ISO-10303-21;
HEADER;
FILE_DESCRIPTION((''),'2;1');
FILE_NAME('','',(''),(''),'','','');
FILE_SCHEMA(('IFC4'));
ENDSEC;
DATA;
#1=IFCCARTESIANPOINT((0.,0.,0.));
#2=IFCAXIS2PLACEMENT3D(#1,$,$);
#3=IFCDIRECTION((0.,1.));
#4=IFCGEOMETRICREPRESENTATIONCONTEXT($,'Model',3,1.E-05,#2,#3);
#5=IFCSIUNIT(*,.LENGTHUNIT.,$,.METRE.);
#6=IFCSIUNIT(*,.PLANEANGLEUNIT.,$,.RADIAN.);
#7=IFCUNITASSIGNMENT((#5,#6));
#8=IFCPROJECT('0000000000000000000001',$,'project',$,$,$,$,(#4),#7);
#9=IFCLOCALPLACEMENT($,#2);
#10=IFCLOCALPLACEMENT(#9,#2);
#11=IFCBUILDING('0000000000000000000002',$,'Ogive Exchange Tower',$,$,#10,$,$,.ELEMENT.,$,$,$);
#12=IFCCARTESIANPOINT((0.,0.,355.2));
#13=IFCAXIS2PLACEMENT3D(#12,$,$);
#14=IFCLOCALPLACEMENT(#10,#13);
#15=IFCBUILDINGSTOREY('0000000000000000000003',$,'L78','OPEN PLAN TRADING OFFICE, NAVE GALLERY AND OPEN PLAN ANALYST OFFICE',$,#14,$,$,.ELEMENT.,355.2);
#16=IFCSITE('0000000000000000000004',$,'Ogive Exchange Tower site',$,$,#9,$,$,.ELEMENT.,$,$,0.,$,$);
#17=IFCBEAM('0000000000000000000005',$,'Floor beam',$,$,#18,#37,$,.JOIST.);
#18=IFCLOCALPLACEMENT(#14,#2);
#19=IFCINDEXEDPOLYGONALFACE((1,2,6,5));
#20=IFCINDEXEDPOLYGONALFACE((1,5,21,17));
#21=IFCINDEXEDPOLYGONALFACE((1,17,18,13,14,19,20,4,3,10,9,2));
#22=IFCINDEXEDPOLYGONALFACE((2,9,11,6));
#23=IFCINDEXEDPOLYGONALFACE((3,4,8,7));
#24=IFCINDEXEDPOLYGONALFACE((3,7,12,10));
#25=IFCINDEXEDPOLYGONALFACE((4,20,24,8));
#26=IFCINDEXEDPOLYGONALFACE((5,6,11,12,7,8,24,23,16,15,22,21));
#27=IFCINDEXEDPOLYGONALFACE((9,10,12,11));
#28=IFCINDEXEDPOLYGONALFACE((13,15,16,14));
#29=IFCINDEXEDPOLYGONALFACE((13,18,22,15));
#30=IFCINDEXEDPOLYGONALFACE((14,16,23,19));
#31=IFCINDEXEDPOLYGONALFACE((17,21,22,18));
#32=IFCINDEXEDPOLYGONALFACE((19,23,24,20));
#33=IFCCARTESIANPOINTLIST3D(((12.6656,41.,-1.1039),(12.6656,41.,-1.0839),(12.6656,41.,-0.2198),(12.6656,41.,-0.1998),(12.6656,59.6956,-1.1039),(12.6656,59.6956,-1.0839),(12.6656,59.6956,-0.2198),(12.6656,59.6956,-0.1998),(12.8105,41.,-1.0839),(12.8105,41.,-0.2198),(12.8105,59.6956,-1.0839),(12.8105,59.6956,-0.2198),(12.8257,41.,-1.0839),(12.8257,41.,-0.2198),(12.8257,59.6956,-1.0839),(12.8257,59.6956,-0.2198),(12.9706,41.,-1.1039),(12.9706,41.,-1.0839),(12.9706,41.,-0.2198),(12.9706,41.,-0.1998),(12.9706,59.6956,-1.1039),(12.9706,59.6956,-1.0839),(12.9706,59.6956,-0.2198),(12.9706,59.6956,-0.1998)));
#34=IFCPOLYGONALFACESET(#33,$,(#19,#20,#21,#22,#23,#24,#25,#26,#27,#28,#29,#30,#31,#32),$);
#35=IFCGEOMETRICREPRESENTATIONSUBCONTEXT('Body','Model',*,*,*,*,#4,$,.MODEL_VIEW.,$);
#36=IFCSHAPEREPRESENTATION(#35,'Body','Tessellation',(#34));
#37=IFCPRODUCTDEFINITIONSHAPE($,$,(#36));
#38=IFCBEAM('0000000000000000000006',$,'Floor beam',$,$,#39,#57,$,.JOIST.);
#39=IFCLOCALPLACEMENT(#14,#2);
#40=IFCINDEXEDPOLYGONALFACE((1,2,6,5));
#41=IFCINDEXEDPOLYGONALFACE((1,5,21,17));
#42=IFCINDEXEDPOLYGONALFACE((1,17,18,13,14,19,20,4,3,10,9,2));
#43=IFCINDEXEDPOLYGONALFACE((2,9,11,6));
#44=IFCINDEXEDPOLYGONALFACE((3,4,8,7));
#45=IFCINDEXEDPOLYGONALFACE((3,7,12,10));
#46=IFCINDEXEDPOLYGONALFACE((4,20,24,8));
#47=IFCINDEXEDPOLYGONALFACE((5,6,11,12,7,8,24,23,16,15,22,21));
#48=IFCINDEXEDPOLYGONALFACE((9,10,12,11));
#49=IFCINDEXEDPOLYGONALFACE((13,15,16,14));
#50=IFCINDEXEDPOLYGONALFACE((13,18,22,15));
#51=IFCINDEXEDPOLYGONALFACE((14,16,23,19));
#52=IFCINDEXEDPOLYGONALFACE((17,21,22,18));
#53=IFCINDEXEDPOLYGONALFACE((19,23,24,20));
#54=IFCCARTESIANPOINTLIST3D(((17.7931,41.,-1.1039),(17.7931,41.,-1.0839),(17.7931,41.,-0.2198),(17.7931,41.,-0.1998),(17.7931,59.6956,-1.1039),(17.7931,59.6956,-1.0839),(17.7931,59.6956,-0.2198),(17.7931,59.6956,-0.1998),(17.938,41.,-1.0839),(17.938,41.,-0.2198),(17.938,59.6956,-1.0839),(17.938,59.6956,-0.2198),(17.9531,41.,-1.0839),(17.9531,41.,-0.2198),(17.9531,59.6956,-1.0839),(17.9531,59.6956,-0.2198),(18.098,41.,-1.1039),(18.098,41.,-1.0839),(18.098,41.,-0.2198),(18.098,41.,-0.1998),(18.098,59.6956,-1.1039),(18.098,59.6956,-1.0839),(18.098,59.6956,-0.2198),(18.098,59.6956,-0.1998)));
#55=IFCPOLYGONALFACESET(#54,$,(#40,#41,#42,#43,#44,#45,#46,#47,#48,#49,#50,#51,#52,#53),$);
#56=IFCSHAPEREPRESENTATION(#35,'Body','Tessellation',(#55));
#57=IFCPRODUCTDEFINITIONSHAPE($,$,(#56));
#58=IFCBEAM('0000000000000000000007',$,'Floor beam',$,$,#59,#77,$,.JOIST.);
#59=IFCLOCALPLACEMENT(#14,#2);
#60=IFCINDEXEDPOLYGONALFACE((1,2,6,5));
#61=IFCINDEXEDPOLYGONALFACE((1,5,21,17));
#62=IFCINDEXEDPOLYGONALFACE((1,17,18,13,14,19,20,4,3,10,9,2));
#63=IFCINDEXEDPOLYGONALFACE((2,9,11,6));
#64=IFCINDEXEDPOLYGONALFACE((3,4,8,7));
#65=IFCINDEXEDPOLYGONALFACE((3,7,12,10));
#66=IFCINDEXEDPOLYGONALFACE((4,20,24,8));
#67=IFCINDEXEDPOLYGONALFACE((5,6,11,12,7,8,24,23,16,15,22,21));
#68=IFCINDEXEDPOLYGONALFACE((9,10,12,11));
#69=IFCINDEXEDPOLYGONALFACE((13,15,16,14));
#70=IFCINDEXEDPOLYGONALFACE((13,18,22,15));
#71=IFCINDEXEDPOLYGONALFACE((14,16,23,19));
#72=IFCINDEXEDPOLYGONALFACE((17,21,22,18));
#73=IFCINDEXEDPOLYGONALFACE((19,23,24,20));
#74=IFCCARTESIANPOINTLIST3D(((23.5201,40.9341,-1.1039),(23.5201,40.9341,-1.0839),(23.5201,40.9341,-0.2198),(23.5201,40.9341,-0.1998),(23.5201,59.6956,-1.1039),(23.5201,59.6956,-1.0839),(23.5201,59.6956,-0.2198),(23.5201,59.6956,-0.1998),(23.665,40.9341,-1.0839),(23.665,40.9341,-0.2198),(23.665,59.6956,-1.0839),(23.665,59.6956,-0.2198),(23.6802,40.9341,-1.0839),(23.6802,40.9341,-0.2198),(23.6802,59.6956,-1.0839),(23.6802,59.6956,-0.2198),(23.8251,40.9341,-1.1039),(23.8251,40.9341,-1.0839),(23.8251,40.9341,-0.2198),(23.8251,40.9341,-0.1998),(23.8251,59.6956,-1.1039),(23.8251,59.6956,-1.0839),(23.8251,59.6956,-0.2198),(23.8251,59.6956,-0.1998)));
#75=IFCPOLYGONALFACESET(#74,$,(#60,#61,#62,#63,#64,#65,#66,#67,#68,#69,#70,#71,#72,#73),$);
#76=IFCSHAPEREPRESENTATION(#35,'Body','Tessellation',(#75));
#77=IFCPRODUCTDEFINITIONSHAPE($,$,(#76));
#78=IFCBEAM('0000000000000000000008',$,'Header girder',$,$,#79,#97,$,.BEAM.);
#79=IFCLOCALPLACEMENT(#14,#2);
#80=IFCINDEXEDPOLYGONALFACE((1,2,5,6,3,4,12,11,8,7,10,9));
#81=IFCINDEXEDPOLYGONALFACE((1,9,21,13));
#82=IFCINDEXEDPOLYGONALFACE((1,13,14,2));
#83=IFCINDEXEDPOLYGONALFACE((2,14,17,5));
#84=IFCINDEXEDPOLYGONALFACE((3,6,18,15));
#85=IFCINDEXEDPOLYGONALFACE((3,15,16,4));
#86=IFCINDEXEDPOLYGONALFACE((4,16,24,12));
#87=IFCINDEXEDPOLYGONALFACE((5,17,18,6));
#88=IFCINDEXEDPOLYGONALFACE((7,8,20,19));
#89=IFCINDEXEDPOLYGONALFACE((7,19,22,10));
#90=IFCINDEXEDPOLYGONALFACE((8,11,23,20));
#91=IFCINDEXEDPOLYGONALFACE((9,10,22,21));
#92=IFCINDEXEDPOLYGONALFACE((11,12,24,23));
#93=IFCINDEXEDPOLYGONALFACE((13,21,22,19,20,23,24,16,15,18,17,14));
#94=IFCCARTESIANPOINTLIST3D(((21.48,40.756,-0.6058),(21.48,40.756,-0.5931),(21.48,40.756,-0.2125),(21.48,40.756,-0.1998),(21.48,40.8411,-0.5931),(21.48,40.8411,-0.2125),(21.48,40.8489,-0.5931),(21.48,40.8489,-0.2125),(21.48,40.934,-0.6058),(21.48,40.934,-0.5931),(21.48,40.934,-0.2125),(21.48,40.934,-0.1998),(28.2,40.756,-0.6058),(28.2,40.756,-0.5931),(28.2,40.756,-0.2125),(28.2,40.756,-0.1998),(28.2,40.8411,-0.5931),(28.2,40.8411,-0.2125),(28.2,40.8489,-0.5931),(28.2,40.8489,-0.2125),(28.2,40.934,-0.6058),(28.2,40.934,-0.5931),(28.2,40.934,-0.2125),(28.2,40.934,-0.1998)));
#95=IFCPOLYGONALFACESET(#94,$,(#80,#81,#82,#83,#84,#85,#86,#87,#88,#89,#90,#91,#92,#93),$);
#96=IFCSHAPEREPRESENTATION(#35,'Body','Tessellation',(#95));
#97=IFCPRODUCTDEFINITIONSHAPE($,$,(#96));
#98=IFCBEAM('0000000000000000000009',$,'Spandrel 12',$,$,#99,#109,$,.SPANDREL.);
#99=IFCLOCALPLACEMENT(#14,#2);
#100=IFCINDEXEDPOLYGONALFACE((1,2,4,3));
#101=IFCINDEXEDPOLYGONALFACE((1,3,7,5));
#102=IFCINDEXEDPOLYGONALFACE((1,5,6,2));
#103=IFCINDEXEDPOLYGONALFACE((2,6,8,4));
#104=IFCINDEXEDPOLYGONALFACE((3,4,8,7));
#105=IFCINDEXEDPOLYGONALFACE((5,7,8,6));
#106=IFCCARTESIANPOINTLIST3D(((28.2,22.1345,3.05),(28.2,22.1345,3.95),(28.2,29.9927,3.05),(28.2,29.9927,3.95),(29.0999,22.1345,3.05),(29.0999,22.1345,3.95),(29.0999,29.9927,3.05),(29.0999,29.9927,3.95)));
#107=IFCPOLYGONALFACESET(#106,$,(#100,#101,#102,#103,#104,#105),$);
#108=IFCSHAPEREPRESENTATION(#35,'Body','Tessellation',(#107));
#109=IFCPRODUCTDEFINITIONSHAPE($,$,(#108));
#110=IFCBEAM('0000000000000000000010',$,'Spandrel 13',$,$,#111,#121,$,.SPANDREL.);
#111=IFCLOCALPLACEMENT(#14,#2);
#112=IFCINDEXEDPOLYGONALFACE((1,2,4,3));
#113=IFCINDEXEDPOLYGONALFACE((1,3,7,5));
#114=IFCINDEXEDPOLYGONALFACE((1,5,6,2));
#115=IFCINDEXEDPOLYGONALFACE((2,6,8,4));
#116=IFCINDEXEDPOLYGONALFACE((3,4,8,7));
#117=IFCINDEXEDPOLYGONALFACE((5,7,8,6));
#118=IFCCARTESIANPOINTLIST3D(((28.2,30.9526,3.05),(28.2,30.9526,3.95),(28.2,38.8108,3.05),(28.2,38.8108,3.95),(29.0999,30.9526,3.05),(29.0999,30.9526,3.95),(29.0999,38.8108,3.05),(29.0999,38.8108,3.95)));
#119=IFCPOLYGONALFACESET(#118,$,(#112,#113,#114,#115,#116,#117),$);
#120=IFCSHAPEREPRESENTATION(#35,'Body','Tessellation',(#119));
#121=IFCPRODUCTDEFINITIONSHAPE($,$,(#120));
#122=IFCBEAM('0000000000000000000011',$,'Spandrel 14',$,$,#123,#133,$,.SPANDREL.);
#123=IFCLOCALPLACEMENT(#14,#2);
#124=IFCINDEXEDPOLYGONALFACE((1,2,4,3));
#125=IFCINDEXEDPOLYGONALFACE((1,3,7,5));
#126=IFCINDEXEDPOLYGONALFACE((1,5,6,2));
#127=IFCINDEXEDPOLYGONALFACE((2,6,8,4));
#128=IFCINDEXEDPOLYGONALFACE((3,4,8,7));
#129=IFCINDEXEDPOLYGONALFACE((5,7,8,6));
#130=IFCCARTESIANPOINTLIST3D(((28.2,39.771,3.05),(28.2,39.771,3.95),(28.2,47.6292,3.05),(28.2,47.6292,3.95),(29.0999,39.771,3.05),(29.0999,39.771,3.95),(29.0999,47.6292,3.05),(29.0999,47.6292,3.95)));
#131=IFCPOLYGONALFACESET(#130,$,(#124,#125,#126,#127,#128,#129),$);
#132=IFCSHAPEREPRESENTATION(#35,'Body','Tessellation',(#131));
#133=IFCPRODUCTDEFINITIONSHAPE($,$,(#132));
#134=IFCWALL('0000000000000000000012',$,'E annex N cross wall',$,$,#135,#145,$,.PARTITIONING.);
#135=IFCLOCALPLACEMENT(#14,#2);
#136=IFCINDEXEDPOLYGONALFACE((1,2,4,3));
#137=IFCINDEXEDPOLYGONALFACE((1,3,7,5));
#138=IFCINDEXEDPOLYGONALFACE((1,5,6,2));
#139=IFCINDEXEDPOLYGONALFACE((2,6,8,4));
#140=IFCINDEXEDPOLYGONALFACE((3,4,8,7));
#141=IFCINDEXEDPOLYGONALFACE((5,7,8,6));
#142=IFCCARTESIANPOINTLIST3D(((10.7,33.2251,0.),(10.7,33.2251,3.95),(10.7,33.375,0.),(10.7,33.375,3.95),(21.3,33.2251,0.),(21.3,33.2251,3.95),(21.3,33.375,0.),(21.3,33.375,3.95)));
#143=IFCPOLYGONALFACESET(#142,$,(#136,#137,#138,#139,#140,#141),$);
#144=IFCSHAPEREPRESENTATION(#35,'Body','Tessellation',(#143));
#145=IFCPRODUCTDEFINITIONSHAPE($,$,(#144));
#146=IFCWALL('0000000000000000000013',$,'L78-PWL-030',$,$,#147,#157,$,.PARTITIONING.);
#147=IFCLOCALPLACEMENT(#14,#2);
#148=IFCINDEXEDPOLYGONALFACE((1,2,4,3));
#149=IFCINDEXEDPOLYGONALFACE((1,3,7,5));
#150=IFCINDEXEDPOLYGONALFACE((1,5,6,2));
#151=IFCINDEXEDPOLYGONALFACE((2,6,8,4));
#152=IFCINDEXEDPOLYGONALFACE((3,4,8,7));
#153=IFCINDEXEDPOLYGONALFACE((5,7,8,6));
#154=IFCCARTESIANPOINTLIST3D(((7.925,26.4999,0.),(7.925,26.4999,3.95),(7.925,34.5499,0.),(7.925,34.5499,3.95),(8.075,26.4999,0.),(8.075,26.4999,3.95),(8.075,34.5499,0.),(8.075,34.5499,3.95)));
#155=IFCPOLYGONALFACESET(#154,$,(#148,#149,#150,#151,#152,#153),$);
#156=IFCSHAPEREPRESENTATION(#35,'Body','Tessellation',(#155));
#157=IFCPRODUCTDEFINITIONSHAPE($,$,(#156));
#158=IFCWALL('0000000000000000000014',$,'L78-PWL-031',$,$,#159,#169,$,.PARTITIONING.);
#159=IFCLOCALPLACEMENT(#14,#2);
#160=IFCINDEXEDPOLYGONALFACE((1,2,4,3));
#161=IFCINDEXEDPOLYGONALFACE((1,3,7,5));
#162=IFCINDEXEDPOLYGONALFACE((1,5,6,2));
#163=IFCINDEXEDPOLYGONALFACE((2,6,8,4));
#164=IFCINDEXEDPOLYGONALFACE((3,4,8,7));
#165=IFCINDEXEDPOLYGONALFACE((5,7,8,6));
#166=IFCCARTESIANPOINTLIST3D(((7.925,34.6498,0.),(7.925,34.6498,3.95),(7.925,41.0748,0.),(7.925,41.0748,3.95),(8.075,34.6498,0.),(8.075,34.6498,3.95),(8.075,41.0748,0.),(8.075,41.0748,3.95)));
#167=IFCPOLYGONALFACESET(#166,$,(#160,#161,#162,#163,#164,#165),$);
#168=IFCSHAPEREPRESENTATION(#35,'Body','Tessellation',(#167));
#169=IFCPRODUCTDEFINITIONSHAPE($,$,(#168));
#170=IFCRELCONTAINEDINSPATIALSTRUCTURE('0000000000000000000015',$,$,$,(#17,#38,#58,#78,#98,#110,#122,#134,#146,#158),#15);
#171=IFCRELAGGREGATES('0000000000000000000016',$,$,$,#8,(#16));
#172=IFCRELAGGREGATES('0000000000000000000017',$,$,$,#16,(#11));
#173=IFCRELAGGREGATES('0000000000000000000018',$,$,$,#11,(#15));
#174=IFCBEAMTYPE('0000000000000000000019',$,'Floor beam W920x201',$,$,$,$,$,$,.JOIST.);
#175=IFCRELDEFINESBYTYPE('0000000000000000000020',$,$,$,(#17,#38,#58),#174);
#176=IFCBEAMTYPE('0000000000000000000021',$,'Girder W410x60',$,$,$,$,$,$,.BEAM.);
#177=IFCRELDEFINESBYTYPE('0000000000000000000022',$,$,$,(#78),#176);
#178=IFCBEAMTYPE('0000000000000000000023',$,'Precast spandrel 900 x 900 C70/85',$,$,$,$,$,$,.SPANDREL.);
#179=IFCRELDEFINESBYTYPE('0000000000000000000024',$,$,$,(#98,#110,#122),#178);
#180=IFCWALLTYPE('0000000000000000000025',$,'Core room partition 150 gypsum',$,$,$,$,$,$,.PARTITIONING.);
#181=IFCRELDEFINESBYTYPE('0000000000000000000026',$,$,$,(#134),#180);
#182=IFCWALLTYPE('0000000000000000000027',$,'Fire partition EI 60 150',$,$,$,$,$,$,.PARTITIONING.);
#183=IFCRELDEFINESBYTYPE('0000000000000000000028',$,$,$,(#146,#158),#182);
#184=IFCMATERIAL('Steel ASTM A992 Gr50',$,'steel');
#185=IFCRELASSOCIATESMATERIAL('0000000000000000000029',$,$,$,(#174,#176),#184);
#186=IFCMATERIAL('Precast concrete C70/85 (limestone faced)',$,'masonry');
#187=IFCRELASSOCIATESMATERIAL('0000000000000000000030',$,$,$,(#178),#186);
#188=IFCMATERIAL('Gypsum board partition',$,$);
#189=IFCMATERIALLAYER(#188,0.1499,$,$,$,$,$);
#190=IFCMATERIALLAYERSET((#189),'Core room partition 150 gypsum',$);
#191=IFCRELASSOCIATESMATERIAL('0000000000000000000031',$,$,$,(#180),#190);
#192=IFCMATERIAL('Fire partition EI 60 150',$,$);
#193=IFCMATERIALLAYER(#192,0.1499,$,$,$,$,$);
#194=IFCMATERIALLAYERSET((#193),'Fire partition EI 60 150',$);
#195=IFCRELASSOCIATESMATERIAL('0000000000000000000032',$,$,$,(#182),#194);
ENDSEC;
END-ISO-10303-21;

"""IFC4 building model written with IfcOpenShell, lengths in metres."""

from ifc_helpers import new_model, si_unit, direction, frame, frame_2d, origin, origin_2d, place, context, subcontext, project, spatial, rectangle, i_section, extrude, material, layer, layer_set, material_profile, profile_set, type_object, element, save


model = new_model("IFC4")

# Units and contexts
model_context = context("Model", 3, precision=1e-05, world=origin(), true_north=direction((0.0, 1.0)))
body_context = subcontext(model_context, "Body", "Model", "MODEL_VIEW")
ifc_project = project(units=[si_unit("LENGTHUNIT", "METRE"), si_unit("PLANEANGLEUNIT", "RADIAN")], contexts=[model_context])

# Site, building, storey
site_placement = place(None, origin())
site = spatial("IfcSite", under=ifc_project, at=site_placement, Name="Ogive Exchange Tower site", CompositionType="ELEMENT", RefElevation=0.0)
building_placement = place(site_placement, origin())
building = spatial("IfcBuilding", under=site, at=building_placement, Name="Ogive Exchange Tower", CompositionType="ELEMENT")
storey_placement = place(building_placement, frame((0.0, 0.0, 355.2)))
storey = spatial("IfcBuildingStorey", under=building, at=storey_placement, Name="L78", Description="OPEN PLAN TRADING OFFICE, NAVE GALLERY AND OPEN PLAN ANALYST OFFICE", CompositionType="ELEMENT", Elevation=355.2)

# Shared definitions
ifc_material_1 = material(Name="Precast concrete C70/85 (limestone faced)", Category="masonry")

# Beams
ifc_material_2 = material(Name="Steel ASTM A992 Gr50", Category="steel")
ifc_material_profile_1 = material_profile(ifc_material_2, i_section(OverallWidth=0.3049, OverallDepth=0.9041, WebThickness=0.0151, FlangeThickness=0.02, at=origin_2d()), Name="W920x201")
ifc_profile_set_1 = profile_set([ifc_material_profile_1], Name="Steel ASTM A992 Gr50")
beam_type_1 = type_object("IfcBeamType", Name="Floor beam W920x201", PredefinedType="JOIST", material=ifc_profile_set_1)
for number, where, z_axis, x_axis, name in (
    (1, (12.8181, 41.0, -0.6519), (0.0, 1.0, 0.0), (-1.0, 0.0, 0.0), "Floor beam"),
    (2, (17.9456, 41.0, -0.6519), (0.0, 1.0, 0.0), (-1.0, 0.0, 0.0), "Floor beam"),
):
    element("IfcBeam", number, at=place(storey_placement, frame(where, z_axis=z_axis, x_axis=x_axis)), inside=storey, type_object=beam_type_1, Name=name, PredefinedType="JOIST", context=body_context, shape_type="SweptSolid", body=[
        extrude(i_section(OverallWidth=0.3049, OverallDepth=0.9041, WebThickness=0.0151, FlangeThickness=0.02, at=origin_2d()), origin(), (0.0, 0.0, 1.0), 18.6956),
    ])
beam_1_placement = place(storey_placement, frame((23.6726, 40.9341, -0.6519), z_axis=(0.0, 1.0, 0.0), x_axis=(-1.0, 0.0, 0.0)))
element("IfcBeam", 3, at=beam_1_placement, inside=storey, type_object=beam_type_1, Name="Floor beam", PredefinedType="JOIST", context=body_context, shape_type="SweptSolid", body=[
    extrude(i_section(OverallWidth=0.3049, OverallDepth=0.9041, WebThickness=0.0151, FlangeThickness=0.02, at=origin_2d()), origin(), (0.0, 0.0, 1.0), 18.7615),
])
ifc_material_profile_2 = material_profile(ifc_material_2, i_section(OverallWidth=0.178, OverallDepth=0.406, WebThickness=0.0078, FlangeThickness=0.0127, at=origin_2d()), Name="W410x60")
ifc_profile_set_2 = profile_set([ifc_material_profile_2], Name="Steel ASTM A992 Gr50")
beam_type_2 = type_object("IfcBeamType", Name="Girder W410x60", PredefinedType="BEAM", material=ifc_profile_set_2)
beam_2_placement = place(storey_placement, frame((21.48, 40.845, -0.4028), z_axis=(1.0, 0.0, 0.0), x_axis=(0.0, 1.0, 0.0)))
element("IfcBeam", 4, at=beam_2_placement, inside=storey, type_object=beam_type_2, Name="Header girder", PredefinedType="BEAM", context=body_context, shape_type="SweptSolid", body=[
    extrude(i_section(OverallWidth=0.178, OverallDepth=0.406, WebThickness=0.0078, FlangeThickness=0.0127, at=origin_2d()), origin(), (0.0, 0.0, 1.0), 6.72),
])
ifc_material_profile_3 = material_profile(ifc_material_1, rectangle(XDim=0.8999, YDim=0.8999, at=origin_2d()), Name="900 x 900")
ifc_profile_set_3 = profile_set([ifc_material_profile_3], Name="Precast concrete C70/85 (limestone faced)")
beam_type_3 = type_object("IfcBeamType", Name="Precast spandrel 900 x 900 C70/85", PredefinedType="SPANDREL", material=ifc_profile_set_3)
for number, where, z_axis, x_axis, name in (
    (5, (28.6499, 22.1345, 3.5), (0.0, 1.0, 0.0), (-1.0, 0.0, 0.0), "Spandrel 12"),
    (6, (28.6499, 30.9526, 3.5), (0.0, 1.0, 0.0), (-1.0, 0.0, 0.0), "Spandrel 13"),
    (7, (28.6499, 39.771, 3.5), (0.0, 1.0, 0.0), (-1.0, 0.0, 0.0), "Spandrel 14"),
):
    element("IfcBeam", number, at=place(storey_placement, frame(where, z_axis=z_axis, x_axis=x_axis)), inside=storey, type_object=beam_type_3, Name=name, PredefinedType="SPANDREL", context=body_context, shape_type="SweptSolid", body=[
        extrude(rectangle(XDim=0.8999, YDim=0.8999, at=origin_2d()), origin(), (0.0, 0.0, 1.0), 7.8582),
    ])

# Walls
ifc_material_3 = material(Name="Gypsum board partition")
ifc_layer_1 = layer(ifc_material_3, 0.1499)
ifc_layer_set_1 = layer_set([ifc_layer_1], Name="Core room partition 150 gypsum")
wall_type_1 = type_object("IfcWallType", Name="Core room partition 150 gypsum", PredefinedType="PARTITIONING", material=ifc_layer_set_1)
wall_1_placement = place(storey_placement, frame((10.7, 33.3, 0.0), z_axis=(0.0, 0.0, 1.0), x_axis=(1.0, 0.0, 0.0)))
element("IfcWall", 8, at=wall_1_placement, inside=storey, type_object=wall_type_1, Name="E annex N cross wall", PredefinedType="PARTITIONING", context=body_context, shape_type="SweptSolid", body=[
    extrude(rectangle(XDim=10.6001, YDim=0.1499, at=frame_2d((5.3, 0.0))), origin(), (0.0, 0.0, 1.0), 3.95),
])
ifc_material_4 = material(Name="Fire partition EI 60 150")
ifc_layer_2 = layer(ifc_material_4, 0.1499)
ifc_layer_set_2 = layer_set([ifc_layer_2], Name="Fire partition EI 60 150")
wall_type_2 = type_object("IfcWallType", Name="Fire partition EI 60 150", PredefinedType="PARTITIONING", material=ifc_layer_set_2)
wall_2_placement = place(storey_placement, frame((8.0, 26.5, 0.0), z_axis=(0.0, 0.0, 1.0), x_axis=(0.0, 1.0, 0.0)))
element("IfcWall", 9, at=wall_2_placement, inside=storey, type_object=wall_type_2, Name="L78-PWL-030", PredefinedType="PARTITIONING", context=body_context, shape_type="SweptSolid", body=[
    extrude(rectangle(XDim=8.05, YDim=0.1499, at=frame_2d((4.0249, 0.0))), origin(), (0.0, 0.0, 1.0), 3.95),
])
wall_3_placement = place(storey_placement, frame((8.0, 34.6499, 0.0), z_axis=(0.0, 0.0, 1.0), x_axis=(0.0, 1.0, 0.0)))
element("IfcWall", 10, at=wall_3_placement, inside=storey, type_object=wall_type_2, Name="L78-PWL-031", PredefinedType="PARTITIONING", context=body_context, shape_type="SweptSolid", body=[
    extrude(rectangle(XDim=6.425, YDim=0.1499, at=frame_2d((3.2124, 0.0))), origin(), (0.0, 0.0, 1.0), 3.95),
])

save(model, "model.ifc")
